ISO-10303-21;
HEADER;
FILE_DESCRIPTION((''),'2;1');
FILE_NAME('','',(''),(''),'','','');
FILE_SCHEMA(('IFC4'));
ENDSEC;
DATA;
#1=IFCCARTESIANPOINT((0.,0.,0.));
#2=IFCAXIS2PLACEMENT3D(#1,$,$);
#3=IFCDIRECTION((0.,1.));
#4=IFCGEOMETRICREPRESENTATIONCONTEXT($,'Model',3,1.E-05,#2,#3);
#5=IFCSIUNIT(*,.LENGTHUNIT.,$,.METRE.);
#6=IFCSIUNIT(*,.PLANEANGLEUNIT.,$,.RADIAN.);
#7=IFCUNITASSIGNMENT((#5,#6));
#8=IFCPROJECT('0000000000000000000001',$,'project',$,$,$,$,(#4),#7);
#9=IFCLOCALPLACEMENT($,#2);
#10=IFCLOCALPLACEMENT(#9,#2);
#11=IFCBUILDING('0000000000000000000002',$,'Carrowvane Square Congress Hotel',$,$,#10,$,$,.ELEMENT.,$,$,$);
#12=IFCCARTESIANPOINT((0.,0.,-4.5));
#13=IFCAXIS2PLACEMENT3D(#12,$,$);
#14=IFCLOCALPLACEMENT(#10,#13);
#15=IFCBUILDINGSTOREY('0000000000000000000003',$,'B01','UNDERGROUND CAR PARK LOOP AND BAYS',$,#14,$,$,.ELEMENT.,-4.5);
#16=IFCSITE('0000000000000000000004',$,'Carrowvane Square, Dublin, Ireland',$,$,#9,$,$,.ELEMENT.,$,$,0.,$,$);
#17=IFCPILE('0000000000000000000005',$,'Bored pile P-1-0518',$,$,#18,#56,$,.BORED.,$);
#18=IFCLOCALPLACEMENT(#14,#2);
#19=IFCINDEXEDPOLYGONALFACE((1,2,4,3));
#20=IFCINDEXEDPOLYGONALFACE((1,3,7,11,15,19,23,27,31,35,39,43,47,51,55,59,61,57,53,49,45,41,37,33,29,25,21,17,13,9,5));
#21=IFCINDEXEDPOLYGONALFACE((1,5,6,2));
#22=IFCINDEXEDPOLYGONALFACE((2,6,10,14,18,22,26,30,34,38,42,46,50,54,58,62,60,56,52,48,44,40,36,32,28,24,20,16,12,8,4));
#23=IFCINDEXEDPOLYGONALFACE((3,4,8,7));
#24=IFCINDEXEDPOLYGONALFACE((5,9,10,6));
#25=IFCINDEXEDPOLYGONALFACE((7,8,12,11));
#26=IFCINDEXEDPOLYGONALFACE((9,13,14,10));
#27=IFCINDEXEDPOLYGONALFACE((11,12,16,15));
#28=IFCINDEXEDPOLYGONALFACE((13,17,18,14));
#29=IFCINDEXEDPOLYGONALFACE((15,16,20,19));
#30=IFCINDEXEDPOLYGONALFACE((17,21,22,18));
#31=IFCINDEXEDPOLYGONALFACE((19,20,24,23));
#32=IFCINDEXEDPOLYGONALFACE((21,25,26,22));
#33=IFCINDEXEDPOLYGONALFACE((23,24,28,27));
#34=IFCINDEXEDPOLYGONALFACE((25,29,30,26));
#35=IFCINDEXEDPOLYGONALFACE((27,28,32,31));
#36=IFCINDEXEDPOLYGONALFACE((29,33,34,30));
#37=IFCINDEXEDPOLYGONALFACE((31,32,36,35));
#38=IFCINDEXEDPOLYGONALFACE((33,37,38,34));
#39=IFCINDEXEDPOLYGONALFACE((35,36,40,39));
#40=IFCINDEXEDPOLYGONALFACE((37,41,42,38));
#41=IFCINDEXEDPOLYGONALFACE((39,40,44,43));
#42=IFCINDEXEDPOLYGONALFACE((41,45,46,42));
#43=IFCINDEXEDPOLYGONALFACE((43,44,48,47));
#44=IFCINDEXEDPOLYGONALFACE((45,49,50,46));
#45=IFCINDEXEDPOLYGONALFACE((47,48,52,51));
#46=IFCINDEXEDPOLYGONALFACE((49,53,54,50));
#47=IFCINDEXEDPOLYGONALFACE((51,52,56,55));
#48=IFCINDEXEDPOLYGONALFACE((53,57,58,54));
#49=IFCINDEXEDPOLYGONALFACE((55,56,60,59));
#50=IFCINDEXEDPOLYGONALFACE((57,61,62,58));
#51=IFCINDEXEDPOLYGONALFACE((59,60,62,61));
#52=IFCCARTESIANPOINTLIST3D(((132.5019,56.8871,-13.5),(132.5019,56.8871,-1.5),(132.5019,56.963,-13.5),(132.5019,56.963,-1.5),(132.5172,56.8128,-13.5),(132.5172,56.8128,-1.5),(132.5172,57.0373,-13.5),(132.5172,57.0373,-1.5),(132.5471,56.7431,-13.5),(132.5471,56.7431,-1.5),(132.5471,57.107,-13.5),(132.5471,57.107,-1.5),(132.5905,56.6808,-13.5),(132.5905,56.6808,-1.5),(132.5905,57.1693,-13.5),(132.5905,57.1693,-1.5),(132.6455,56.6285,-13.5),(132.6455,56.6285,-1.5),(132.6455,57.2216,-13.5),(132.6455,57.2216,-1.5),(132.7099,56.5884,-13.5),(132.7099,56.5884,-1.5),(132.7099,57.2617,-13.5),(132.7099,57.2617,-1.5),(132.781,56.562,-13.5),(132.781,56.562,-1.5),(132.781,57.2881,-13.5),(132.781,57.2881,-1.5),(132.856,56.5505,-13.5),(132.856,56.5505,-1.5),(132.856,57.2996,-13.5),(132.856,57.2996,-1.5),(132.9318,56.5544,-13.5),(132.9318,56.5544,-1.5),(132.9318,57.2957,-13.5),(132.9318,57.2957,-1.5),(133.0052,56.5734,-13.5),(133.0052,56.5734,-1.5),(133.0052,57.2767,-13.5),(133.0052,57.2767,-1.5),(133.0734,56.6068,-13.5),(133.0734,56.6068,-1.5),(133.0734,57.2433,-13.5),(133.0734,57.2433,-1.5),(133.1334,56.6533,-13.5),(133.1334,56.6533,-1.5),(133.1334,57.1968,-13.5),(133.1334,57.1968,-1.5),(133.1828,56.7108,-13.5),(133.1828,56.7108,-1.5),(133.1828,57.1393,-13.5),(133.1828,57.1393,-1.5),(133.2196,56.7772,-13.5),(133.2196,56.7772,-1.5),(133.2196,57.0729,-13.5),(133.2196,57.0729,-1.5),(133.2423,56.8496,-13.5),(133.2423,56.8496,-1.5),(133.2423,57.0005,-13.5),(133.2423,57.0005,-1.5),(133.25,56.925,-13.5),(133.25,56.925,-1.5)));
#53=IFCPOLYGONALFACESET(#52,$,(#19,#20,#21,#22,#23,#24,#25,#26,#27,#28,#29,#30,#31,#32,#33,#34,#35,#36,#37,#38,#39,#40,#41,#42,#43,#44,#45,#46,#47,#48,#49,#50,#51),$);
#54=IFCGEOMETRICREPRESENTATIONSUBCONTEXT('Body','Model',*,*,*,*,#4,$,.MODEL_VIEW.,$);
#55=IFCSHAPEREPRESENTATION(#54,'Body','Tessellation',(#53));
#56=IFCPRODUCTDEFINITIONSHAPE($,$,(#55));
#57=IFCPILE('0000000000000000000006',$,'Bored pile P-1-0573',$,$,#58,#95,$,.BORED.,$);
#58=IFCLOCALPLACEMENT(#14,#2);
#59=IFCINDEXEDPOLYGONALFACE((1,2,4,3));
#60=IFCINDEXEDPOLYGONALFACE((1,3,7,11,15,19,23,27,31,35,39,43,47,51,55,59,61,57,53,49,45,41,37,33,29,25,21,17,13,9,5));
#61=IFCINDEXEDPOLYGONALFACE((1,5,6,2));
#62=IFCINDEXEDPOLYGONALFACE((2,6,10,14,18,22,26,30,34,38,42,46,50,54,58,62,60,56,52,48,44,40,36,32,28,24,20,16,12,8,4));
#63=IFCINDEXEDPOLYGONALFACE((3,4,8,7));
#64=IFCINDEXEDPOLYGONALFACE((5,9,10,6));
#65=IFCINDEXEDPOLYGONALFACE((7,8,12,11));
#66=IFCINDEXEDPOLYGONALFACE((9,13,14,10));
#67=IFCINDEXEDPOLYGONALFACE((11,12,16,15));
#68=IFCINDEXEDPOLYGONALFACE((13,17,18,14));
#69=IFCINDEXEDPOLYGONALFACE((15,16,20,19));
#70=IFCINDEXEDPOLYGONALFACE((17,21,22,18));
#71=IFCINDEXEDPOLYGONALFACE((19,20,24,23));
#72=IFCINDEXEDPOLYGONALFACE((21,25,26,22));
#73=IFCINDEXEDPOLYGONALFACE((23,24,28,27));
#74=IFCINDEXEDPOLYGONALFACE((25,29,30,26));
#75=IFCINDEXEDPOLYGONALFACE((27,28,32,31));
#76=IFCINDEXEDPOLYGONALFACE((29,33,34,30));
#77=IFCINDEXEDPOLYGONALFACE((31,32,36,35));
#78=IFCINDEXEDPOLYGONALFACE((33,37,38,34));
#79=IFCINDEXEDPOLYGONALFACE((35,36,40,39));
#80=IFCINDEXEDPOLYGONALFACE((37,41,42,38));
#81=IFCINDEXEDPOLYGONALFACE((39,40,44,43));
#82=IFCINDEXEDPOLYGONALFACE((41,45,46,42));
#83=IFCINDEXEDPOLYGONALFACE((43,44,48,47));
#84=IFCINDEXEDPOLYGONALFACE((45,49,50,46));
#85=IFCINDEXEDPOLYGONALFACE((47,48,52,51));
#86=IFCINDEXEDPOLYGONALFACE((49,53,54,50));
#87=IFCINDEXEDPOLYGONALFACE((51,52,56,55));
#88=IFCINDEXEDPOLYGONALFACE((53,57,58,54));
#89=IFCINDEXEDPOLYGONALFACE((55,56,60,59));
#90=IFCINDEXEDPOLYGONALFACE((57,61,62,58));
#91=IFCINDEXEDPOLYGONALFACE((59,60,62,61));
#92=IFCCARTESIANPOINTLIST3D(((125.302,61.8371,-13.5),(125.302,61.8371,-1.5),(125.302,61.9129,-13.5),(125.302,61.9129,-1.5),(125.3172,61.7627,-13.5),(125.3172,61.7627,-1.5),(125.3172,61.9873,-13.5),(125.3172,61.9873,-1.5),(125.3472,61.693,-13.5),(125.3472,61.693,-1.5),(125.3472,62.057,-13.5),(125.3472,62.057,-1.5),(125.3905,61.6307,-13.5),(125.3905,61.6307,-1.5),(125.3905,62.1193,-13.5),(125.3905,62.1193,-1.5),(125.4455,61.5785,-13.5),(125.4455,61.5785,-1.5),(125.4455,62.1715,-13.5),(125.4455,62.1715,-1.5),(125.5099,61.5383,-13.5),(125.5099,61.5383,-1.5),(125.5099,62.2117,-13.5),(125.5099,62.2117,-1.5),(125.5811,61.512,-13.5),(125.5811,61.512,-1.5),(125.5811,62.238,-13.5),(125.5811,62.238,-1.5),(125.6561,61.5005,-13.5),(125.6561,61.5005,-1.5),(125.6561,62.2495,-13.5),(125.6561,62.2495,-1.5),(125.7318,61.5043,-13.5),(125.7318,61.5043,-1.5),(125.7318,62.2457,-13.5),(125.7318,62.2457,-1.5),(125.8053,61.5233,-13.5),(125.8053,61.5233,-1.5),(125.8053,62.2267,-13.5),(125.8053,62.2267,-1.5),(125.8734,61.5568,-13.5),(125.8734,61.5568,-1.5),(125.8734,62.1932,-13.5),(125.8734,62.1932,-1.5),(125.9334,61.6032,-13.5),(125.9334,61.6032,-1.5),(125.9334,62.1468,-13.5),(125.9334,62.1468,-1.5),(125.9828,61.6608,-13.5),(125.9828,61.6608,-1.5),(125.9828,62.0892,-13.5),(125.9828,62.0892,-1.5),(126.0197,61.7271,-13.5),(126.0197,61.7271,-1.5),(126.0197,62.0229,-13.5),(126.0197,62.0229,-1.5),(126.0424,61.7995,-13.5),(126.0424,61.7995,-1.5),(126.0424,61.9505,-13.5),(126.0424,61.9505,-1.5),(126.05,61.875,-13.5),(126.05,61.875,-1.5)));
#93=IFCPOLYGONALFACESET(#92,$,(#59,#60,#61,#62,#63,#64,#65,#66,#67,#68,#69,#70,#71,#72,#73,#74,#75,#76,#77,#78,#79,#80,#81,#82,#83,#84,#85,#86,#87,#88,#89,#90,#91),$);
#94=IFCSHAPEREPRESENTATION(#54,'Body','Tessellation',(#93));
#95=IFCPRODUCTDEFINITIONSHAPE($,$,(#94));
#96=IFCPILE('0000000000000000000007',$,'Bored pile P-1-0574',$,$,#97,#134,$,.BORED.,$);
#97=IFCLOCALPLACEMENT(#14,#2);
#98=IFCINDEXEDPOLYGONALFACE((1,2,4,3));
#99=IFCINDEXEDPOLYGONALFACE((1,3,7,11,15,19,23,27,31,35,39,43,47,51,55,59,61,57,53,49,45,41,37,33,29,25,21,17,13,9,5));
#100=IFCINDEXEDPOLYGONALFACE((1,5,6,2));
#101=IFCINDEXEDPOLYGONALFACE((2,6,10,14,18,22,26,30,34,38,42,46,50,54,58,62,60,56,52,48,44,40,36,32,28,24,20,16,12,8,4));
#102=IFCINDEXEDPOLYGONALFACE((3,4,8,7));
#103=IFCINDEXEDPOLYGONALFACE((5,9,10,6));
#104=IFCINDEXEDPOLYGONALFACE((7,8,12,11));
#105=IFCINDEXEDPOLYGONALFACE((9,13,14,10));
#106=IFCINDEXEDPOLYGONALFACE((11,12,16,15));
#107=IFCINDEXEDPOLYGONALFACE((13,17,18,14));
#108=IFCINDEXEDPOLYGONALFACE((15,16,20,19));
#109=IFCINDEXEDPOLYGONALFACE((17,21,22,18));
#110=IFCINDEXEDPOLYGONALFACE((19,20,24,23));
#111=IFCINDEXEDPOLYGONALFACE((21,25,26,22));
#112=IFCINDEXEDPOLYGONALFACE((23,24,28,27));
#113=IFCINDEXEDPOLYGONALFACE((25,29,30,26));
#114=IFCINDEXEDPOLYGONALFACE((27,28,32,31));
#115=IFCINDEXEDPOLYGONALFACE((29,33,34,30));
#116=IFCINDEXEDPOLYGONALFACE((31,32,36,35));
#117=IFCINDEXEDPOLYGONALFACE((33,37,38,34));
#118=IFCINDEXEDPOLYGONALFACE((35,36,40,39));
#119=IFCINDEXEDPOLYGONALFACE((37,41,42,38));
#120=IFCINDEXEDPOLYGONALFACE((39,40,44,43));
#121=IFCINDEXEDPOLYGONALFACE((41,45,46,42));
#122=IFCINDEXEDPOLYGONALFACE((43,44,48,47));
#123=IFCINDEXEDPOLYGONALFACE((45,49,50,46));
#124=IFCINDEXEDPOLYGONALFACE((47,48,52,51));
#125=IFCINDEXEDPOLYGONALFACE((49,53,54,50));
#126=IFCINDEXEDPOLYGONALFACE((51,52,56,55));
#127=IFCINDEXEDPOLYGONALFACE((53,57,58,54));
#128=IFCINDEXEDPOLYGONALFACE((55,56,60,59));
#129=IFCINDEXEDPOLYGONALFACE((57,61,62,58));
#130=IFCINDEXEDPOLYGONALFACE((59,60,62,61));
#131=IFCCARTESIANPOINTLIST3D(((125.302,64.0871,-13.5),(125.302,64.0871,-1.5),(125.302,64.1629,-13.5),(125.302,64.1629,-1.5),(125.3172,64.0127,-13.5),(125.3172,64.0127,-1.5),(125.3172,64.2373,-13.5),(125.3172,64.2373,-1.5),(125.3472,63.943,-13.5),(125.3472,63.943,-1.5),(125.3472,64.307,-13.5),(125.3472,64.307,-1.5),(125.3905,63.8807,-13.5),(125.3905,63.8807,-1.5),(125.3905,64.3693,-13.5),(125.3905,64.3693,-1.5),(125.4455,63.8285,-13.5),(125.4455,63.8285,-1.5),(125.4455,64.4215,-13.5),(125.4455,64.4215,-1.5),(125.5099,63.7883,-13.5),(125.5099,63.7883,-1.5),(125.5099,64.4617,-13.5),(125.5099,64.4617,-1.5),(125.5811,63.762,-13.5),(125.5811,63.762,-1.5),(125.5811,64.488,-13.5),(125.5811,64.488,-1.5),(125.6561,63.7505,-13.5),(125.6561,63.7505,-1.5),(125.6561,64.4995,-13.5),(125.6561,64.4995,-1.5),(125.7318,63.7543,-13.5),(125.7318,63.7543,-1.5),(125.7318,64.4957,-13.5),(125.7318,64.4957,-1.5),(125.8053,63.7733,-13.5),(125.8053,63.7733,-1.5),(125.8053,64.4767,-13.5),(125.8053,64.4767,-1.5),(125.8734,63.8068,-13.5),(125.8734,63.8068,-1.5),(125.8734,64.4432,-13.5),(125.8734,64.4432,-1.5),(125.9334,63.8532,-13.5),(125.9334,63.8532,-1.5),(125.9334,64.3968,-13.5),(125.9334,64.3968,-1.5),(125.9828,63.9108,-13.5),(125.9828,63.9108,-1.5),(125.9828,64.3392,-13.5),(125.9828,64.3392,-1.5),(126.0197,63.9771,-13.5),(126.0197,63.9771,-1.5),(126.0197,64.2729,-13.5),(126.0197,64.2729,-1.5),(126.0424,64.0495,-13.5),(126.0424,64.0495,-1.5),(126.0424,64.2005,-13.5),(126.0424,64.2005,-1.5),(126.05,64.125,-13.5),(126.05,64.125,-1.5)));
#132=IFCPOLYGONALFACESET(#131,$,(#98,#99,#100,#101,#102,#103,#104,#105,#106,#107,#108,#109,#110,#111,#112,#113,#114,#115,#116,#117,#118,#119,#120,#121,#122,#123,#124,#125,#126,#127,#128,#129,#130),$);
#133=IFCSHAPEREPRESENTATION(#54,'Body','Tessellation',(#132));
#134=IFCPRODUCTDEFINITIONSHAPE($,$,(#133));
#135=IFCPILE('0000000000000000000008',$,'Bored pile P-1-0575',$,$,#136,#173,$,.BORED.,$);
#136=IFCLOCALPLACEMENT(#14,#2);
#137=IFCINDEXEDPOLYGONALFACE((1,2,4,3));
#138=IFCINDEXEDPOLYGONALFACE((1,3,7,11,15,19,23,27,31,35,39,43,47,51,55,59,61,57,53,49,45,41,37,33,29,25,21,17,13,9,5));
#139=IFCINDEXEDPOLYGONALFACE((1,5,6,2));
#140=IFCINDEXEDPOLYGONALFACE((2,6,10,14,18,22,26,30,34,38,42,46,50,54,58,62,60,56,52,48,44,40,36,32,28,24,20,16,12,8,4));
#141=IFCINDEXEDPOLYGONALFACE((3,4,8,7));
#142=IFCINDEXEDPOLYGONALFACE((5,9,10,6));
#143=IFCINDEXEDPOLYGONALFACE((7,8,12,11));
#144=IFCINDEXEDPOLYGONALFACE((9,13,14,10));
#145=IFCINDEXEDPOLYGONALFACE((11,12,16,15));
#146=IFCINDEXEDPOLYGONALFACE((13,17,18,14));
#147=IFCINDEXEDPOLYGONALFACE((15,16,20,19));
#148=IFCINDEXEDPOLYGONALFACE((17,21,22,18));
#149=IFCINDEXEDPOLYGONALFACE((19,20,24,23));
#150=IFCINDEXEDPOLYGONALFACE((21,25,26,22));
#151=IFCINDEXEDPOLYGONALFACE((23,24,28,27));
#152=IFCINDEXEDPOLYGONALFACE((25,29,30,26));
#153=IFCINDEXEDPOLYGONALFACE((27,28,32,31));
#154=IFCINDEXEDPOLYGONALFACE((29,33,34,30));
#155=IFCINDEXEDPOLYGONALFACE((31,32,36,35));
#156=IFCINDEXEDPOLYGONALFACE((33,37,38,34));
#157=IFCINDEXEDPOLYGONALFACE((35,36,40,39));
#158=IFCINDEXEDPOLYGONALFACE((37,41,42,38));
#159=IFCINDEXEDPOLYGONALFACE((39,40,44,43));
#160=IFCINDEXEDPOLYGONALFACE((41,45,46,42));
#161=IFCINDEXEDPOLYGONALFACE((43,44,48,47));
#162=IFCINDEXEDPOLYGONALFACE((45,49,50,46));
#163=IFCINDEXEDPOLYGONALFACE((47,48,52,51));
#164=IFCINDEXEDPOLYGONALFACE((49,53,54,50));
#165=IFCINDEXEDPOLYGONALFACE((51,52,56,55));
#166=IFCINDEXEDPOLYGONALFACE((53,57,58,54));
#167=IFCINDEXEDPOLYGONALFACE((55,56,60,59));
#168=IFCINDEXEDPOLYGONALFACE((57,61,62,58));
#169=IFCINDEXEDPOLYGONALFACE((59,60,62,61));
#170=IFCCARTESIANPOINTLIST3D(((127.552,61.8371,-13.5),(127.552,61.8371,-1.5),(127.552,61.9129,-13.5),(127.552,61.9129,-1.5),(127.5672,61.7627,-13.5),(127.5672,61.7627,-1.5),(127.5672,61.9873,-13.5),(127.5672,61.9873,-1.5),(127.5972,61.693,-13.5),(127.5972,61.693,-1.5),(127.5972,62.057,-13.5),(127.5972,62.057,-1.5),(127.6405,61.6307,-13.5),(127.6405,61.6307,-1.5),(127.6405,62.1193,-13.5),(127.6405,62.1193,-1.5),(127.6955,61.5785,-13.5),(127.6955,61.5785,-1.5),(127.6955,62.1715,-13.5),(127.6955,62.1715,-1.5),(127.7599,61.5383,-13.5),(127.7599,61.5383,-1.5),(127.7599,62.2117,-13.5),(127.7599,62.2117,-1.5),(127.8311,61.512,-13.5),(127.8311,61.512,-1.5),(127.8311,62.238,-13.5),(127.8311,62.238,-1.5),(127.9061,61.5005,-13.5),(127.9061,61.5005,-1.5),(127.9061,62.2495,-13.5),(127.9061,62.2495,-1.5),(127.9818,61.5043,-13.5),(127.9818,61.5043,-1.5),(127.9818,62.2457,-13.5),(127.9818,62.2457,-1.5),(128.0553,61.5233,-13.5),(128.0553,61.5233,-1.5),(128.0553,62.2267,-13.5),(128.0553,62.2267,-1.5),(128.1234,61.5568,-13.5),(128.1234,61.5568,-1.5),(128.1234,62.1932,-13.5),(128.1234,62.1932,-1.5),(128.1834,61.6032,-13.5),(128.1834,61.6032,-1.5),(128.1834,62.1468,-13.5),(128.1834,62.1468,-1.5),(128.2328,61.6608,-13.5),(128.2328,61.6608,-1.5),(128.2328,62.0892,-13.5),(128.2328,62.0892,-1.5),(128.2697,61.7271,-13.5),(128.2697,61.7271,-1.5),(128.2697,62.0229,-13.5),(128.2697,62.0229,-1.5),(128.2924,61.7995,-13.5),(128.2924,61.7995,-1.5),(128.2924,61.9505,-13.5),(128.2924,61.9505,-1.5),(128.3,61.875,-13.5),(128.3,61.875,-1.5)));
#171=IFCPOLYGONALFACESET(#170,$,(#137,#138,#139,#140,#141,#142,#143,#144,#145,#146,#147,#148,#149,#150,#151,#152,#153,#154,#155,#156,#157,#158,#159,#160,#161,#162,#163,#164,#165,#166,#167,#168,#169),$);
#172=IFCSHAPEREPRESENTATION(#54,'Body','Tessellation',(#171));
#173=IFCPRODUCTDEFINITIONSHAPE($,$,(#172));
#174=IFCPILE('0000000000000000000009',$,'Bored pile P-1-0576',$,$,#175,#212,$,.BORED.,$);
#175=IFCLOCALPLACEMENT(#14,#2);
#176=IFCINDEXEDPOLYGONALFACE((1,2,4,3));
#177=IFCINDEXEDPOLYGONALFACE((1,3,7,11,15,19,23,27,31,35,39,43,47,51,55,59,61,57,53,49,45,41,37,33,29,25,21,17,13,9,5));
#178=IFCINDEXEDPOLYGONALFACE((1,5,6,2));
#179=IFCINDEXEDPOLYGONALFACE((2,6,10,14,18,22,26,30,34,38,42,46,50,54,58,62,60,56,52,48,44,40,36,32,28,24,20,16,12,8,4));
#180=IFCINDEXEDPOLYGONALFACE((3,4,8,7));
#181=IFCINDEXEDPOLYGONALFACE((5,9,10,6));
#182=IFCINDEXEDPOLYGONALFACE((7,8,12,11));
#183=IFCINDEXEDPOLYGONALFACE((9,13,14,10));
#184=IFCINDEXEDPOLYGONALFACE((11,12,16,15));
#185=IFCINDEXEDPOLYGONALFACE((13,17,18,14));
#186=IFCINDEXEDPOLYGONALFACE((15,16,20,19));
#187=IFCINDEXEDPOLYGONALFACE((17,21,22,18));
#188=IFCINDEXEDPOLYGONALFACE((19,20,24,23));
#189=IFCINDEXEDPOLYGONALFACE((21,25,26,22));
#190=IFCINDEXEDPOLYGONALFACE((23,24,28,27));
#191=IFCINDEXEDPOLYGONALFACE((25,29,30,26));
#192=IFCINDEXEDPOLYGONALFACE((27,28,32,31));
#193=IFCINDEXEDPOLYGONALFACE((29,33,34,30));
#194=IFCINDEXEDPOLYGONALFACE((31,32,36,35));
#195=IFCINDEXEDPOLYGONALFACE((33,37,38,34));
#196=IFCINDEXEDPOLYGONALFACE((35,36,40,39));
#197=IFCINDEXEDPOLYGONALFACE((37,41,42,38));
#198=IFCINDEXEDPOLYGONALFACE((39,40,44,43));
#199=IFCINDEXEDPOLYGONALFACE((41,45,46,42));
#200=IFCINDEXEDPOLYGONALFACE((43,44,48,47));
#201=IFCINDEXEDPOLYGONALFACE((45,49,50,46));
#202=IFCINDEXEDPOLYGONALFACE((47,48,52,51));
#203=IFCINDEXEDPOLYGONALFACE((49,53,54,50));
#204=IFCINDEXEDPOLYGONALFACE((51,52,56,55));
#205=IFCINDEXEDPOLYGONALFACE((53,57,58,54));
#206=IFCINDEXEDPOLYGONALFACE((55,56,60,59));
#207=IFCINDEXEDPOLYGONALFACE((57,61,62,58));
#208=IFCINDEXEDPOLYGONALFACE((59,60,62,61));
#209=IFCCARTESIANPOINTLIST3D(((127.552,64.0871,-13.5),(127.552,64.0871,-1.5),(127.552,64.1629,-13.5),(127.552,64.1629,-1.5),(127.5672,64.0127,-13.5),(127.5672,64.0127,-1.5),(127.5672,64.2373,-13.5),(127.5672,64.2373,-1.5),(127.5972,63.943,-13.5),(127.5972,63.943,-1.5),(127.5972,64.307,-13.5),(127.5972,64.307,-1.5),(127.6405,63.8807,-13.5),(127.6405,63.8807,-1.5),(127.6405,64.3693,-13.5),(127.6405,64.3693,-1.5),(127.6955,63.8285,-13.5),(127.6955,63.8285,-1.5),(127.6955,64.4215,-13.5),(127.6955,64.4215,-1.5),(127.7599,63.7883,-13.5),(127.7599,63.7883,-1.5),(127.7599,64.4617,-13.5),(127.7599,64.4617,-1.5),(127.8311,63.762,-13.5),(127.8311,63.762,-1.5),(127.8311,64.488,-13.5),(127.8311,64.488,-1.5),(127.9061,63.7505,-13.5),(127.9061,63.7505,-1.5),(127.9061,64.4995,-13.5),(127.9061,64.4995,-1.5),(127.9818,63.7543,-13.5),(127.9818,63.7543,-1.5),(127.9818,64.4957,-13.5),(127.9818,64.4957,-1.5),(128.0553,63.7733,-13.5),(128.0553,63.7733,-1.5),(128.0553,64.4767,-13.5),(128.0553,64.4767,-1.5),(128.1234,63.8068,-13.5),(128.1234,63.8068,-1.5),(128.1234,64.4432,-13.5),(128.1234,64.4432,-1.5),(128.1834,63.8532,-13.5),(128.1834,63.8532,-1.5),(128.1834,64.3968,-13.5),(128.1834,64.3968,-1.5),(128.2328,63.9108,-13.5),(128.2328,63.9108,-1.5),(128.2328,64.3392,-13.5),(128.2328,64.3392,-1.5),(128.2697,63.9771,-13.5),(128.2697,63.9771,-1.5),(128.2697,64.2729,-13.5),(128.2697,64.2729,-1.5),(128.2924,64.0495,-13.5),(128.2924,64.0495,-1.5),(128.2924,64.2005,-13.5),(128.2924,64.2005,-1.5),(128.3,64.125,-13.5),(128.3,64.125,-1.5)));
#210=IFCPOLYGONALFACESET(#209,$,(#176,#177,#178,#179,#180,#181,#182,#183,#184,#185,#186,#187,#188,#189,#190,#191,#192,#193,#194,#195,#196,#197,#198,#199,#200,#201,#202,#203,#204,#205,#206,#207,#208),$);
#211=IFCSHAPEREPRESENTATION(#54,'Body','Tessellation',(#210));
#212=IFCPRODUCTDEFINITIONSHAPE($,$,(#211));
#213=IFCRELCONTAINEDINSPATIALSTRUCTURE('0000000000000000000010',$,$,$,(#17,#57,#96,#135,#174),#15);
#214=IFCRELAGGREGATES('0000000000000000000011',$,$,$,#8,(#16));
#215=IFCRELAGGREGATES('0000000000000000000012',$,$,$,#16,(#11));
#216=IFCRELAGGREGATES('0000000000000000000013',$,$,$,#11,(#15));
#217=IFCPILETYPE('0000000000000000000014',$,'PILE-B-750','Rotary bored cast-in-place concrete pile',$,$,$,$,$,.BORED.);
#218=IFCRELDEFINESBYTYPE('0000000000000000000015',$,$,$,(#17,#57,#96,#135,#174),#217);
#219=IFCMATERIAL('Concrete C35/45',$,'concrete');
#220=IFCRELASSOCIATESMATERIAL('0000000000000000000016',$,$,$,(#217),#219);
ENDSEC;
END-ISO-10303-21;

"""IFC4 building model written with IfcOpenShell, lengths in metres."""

from ifc_helpers import new_model, si_unit, direction, frame, origin, origin_2d, place, context, subcontext, project, spatial, circle, extrude, material, material_profile, profile_set, type_object, element, save


model = new_model("IFC4")

# Units and contexts
model_context = context("Model", 3, precision=1e-05, world=origin(), true_north=direction((0.0, 1.0)))
body_context = subcontext(model_context, "Body", "Model", "MODEL_VIEW")
ifc_project = project(units=[si_unit("LENGTHUNIT", "METRE"), si_unit("PLANEANGLEUNIT", "RADIAN")], contexts=[model_context])

# Site, building, storey
site_placement = place(None, origin())
site = spatial("IfcSite", under=ifc_project, at=site_placement, Name="Carrowvane Square, Dublin, Ireland", CompositionType="ELEMENT", RefElevation=0.0)
building_placement = place(site_placement, origin())
building = spatial("IfcBuilding", under=site, at=building_placement, Name="Carrowvane Square Congress Hotel", CompositionType="ELEMENT")
storey_placement = place(building_placement, frame((0.0, 0.0, -4.5)))
storey = spatial("IfcBuildingStorey", under=building, at=storey_placement, Name="B01", Description="UNDERGROUND CAR PARK LOOP AND BAYS", CompositionType="ELEMENT", Elevation=-4.5)

# Piles
ifc_material_1 = material(Name="Concrete C35/45", Category="concrete")
ifc_material_profile_1 = material_profile(ifc_material_1, circle(Radius=0.375, at=origin_2d()), Name="PILE D750")
ifc_profile_set_1 = profile_set([ifc_material_profile_1], Name="Concrete C35/45")
pile_type = type_object("IfcPileType", Name="PILE-B-750", Description="Rotary bored cast-in-place concrete pile", PredefinedType="BORED", material=ifc_profile_set_1)
for number, where, z_axis, x_axis, name in (
    (1, (132.875, 56.925, -1.5), (0.0, 0.0, -1.0), (1.0, 0.0, 0.0), "Bored pile P-1-0518"),
    (2, (125.675, 61.875, -1.5), (0.0, 0.0, -1.0), (1.0, 0.0, 0.0), "Bored pile P-1-0573"),
    (3, (125.675, 64.125, -1.5), (0.0, 0.0, -1.0), (1.0, 0.0, 0.0), "Bored pile P-1-0574"),
    (4, (127.925, 61.875, -1.5), (0.0, 0.0, -1.0), (1.0, 0.0, 0.0), "Bored pile P-1-0575"),
    (5, (127.925, 64.125, -1.5), (0.0, 0.0, -1.0), (1.0, 0.0, 0.0), "Bored pile P-1-0576"),
):
    element("IfcPile", number, at=place(storey_placement, frame(where, z_axis=z_axis, x_axis=x_axis)), inside=storey, type_object=pile_type, Name=name, PredefinedType="BORED", context=body_context, shape_type="SweptSolid", body=[
        extrude(circle(Radius=0.375, at=origin_2d()), origin(), (0.0, 0.0, 1.0), 12.0),
    ])

save(model, "model.ifc")
